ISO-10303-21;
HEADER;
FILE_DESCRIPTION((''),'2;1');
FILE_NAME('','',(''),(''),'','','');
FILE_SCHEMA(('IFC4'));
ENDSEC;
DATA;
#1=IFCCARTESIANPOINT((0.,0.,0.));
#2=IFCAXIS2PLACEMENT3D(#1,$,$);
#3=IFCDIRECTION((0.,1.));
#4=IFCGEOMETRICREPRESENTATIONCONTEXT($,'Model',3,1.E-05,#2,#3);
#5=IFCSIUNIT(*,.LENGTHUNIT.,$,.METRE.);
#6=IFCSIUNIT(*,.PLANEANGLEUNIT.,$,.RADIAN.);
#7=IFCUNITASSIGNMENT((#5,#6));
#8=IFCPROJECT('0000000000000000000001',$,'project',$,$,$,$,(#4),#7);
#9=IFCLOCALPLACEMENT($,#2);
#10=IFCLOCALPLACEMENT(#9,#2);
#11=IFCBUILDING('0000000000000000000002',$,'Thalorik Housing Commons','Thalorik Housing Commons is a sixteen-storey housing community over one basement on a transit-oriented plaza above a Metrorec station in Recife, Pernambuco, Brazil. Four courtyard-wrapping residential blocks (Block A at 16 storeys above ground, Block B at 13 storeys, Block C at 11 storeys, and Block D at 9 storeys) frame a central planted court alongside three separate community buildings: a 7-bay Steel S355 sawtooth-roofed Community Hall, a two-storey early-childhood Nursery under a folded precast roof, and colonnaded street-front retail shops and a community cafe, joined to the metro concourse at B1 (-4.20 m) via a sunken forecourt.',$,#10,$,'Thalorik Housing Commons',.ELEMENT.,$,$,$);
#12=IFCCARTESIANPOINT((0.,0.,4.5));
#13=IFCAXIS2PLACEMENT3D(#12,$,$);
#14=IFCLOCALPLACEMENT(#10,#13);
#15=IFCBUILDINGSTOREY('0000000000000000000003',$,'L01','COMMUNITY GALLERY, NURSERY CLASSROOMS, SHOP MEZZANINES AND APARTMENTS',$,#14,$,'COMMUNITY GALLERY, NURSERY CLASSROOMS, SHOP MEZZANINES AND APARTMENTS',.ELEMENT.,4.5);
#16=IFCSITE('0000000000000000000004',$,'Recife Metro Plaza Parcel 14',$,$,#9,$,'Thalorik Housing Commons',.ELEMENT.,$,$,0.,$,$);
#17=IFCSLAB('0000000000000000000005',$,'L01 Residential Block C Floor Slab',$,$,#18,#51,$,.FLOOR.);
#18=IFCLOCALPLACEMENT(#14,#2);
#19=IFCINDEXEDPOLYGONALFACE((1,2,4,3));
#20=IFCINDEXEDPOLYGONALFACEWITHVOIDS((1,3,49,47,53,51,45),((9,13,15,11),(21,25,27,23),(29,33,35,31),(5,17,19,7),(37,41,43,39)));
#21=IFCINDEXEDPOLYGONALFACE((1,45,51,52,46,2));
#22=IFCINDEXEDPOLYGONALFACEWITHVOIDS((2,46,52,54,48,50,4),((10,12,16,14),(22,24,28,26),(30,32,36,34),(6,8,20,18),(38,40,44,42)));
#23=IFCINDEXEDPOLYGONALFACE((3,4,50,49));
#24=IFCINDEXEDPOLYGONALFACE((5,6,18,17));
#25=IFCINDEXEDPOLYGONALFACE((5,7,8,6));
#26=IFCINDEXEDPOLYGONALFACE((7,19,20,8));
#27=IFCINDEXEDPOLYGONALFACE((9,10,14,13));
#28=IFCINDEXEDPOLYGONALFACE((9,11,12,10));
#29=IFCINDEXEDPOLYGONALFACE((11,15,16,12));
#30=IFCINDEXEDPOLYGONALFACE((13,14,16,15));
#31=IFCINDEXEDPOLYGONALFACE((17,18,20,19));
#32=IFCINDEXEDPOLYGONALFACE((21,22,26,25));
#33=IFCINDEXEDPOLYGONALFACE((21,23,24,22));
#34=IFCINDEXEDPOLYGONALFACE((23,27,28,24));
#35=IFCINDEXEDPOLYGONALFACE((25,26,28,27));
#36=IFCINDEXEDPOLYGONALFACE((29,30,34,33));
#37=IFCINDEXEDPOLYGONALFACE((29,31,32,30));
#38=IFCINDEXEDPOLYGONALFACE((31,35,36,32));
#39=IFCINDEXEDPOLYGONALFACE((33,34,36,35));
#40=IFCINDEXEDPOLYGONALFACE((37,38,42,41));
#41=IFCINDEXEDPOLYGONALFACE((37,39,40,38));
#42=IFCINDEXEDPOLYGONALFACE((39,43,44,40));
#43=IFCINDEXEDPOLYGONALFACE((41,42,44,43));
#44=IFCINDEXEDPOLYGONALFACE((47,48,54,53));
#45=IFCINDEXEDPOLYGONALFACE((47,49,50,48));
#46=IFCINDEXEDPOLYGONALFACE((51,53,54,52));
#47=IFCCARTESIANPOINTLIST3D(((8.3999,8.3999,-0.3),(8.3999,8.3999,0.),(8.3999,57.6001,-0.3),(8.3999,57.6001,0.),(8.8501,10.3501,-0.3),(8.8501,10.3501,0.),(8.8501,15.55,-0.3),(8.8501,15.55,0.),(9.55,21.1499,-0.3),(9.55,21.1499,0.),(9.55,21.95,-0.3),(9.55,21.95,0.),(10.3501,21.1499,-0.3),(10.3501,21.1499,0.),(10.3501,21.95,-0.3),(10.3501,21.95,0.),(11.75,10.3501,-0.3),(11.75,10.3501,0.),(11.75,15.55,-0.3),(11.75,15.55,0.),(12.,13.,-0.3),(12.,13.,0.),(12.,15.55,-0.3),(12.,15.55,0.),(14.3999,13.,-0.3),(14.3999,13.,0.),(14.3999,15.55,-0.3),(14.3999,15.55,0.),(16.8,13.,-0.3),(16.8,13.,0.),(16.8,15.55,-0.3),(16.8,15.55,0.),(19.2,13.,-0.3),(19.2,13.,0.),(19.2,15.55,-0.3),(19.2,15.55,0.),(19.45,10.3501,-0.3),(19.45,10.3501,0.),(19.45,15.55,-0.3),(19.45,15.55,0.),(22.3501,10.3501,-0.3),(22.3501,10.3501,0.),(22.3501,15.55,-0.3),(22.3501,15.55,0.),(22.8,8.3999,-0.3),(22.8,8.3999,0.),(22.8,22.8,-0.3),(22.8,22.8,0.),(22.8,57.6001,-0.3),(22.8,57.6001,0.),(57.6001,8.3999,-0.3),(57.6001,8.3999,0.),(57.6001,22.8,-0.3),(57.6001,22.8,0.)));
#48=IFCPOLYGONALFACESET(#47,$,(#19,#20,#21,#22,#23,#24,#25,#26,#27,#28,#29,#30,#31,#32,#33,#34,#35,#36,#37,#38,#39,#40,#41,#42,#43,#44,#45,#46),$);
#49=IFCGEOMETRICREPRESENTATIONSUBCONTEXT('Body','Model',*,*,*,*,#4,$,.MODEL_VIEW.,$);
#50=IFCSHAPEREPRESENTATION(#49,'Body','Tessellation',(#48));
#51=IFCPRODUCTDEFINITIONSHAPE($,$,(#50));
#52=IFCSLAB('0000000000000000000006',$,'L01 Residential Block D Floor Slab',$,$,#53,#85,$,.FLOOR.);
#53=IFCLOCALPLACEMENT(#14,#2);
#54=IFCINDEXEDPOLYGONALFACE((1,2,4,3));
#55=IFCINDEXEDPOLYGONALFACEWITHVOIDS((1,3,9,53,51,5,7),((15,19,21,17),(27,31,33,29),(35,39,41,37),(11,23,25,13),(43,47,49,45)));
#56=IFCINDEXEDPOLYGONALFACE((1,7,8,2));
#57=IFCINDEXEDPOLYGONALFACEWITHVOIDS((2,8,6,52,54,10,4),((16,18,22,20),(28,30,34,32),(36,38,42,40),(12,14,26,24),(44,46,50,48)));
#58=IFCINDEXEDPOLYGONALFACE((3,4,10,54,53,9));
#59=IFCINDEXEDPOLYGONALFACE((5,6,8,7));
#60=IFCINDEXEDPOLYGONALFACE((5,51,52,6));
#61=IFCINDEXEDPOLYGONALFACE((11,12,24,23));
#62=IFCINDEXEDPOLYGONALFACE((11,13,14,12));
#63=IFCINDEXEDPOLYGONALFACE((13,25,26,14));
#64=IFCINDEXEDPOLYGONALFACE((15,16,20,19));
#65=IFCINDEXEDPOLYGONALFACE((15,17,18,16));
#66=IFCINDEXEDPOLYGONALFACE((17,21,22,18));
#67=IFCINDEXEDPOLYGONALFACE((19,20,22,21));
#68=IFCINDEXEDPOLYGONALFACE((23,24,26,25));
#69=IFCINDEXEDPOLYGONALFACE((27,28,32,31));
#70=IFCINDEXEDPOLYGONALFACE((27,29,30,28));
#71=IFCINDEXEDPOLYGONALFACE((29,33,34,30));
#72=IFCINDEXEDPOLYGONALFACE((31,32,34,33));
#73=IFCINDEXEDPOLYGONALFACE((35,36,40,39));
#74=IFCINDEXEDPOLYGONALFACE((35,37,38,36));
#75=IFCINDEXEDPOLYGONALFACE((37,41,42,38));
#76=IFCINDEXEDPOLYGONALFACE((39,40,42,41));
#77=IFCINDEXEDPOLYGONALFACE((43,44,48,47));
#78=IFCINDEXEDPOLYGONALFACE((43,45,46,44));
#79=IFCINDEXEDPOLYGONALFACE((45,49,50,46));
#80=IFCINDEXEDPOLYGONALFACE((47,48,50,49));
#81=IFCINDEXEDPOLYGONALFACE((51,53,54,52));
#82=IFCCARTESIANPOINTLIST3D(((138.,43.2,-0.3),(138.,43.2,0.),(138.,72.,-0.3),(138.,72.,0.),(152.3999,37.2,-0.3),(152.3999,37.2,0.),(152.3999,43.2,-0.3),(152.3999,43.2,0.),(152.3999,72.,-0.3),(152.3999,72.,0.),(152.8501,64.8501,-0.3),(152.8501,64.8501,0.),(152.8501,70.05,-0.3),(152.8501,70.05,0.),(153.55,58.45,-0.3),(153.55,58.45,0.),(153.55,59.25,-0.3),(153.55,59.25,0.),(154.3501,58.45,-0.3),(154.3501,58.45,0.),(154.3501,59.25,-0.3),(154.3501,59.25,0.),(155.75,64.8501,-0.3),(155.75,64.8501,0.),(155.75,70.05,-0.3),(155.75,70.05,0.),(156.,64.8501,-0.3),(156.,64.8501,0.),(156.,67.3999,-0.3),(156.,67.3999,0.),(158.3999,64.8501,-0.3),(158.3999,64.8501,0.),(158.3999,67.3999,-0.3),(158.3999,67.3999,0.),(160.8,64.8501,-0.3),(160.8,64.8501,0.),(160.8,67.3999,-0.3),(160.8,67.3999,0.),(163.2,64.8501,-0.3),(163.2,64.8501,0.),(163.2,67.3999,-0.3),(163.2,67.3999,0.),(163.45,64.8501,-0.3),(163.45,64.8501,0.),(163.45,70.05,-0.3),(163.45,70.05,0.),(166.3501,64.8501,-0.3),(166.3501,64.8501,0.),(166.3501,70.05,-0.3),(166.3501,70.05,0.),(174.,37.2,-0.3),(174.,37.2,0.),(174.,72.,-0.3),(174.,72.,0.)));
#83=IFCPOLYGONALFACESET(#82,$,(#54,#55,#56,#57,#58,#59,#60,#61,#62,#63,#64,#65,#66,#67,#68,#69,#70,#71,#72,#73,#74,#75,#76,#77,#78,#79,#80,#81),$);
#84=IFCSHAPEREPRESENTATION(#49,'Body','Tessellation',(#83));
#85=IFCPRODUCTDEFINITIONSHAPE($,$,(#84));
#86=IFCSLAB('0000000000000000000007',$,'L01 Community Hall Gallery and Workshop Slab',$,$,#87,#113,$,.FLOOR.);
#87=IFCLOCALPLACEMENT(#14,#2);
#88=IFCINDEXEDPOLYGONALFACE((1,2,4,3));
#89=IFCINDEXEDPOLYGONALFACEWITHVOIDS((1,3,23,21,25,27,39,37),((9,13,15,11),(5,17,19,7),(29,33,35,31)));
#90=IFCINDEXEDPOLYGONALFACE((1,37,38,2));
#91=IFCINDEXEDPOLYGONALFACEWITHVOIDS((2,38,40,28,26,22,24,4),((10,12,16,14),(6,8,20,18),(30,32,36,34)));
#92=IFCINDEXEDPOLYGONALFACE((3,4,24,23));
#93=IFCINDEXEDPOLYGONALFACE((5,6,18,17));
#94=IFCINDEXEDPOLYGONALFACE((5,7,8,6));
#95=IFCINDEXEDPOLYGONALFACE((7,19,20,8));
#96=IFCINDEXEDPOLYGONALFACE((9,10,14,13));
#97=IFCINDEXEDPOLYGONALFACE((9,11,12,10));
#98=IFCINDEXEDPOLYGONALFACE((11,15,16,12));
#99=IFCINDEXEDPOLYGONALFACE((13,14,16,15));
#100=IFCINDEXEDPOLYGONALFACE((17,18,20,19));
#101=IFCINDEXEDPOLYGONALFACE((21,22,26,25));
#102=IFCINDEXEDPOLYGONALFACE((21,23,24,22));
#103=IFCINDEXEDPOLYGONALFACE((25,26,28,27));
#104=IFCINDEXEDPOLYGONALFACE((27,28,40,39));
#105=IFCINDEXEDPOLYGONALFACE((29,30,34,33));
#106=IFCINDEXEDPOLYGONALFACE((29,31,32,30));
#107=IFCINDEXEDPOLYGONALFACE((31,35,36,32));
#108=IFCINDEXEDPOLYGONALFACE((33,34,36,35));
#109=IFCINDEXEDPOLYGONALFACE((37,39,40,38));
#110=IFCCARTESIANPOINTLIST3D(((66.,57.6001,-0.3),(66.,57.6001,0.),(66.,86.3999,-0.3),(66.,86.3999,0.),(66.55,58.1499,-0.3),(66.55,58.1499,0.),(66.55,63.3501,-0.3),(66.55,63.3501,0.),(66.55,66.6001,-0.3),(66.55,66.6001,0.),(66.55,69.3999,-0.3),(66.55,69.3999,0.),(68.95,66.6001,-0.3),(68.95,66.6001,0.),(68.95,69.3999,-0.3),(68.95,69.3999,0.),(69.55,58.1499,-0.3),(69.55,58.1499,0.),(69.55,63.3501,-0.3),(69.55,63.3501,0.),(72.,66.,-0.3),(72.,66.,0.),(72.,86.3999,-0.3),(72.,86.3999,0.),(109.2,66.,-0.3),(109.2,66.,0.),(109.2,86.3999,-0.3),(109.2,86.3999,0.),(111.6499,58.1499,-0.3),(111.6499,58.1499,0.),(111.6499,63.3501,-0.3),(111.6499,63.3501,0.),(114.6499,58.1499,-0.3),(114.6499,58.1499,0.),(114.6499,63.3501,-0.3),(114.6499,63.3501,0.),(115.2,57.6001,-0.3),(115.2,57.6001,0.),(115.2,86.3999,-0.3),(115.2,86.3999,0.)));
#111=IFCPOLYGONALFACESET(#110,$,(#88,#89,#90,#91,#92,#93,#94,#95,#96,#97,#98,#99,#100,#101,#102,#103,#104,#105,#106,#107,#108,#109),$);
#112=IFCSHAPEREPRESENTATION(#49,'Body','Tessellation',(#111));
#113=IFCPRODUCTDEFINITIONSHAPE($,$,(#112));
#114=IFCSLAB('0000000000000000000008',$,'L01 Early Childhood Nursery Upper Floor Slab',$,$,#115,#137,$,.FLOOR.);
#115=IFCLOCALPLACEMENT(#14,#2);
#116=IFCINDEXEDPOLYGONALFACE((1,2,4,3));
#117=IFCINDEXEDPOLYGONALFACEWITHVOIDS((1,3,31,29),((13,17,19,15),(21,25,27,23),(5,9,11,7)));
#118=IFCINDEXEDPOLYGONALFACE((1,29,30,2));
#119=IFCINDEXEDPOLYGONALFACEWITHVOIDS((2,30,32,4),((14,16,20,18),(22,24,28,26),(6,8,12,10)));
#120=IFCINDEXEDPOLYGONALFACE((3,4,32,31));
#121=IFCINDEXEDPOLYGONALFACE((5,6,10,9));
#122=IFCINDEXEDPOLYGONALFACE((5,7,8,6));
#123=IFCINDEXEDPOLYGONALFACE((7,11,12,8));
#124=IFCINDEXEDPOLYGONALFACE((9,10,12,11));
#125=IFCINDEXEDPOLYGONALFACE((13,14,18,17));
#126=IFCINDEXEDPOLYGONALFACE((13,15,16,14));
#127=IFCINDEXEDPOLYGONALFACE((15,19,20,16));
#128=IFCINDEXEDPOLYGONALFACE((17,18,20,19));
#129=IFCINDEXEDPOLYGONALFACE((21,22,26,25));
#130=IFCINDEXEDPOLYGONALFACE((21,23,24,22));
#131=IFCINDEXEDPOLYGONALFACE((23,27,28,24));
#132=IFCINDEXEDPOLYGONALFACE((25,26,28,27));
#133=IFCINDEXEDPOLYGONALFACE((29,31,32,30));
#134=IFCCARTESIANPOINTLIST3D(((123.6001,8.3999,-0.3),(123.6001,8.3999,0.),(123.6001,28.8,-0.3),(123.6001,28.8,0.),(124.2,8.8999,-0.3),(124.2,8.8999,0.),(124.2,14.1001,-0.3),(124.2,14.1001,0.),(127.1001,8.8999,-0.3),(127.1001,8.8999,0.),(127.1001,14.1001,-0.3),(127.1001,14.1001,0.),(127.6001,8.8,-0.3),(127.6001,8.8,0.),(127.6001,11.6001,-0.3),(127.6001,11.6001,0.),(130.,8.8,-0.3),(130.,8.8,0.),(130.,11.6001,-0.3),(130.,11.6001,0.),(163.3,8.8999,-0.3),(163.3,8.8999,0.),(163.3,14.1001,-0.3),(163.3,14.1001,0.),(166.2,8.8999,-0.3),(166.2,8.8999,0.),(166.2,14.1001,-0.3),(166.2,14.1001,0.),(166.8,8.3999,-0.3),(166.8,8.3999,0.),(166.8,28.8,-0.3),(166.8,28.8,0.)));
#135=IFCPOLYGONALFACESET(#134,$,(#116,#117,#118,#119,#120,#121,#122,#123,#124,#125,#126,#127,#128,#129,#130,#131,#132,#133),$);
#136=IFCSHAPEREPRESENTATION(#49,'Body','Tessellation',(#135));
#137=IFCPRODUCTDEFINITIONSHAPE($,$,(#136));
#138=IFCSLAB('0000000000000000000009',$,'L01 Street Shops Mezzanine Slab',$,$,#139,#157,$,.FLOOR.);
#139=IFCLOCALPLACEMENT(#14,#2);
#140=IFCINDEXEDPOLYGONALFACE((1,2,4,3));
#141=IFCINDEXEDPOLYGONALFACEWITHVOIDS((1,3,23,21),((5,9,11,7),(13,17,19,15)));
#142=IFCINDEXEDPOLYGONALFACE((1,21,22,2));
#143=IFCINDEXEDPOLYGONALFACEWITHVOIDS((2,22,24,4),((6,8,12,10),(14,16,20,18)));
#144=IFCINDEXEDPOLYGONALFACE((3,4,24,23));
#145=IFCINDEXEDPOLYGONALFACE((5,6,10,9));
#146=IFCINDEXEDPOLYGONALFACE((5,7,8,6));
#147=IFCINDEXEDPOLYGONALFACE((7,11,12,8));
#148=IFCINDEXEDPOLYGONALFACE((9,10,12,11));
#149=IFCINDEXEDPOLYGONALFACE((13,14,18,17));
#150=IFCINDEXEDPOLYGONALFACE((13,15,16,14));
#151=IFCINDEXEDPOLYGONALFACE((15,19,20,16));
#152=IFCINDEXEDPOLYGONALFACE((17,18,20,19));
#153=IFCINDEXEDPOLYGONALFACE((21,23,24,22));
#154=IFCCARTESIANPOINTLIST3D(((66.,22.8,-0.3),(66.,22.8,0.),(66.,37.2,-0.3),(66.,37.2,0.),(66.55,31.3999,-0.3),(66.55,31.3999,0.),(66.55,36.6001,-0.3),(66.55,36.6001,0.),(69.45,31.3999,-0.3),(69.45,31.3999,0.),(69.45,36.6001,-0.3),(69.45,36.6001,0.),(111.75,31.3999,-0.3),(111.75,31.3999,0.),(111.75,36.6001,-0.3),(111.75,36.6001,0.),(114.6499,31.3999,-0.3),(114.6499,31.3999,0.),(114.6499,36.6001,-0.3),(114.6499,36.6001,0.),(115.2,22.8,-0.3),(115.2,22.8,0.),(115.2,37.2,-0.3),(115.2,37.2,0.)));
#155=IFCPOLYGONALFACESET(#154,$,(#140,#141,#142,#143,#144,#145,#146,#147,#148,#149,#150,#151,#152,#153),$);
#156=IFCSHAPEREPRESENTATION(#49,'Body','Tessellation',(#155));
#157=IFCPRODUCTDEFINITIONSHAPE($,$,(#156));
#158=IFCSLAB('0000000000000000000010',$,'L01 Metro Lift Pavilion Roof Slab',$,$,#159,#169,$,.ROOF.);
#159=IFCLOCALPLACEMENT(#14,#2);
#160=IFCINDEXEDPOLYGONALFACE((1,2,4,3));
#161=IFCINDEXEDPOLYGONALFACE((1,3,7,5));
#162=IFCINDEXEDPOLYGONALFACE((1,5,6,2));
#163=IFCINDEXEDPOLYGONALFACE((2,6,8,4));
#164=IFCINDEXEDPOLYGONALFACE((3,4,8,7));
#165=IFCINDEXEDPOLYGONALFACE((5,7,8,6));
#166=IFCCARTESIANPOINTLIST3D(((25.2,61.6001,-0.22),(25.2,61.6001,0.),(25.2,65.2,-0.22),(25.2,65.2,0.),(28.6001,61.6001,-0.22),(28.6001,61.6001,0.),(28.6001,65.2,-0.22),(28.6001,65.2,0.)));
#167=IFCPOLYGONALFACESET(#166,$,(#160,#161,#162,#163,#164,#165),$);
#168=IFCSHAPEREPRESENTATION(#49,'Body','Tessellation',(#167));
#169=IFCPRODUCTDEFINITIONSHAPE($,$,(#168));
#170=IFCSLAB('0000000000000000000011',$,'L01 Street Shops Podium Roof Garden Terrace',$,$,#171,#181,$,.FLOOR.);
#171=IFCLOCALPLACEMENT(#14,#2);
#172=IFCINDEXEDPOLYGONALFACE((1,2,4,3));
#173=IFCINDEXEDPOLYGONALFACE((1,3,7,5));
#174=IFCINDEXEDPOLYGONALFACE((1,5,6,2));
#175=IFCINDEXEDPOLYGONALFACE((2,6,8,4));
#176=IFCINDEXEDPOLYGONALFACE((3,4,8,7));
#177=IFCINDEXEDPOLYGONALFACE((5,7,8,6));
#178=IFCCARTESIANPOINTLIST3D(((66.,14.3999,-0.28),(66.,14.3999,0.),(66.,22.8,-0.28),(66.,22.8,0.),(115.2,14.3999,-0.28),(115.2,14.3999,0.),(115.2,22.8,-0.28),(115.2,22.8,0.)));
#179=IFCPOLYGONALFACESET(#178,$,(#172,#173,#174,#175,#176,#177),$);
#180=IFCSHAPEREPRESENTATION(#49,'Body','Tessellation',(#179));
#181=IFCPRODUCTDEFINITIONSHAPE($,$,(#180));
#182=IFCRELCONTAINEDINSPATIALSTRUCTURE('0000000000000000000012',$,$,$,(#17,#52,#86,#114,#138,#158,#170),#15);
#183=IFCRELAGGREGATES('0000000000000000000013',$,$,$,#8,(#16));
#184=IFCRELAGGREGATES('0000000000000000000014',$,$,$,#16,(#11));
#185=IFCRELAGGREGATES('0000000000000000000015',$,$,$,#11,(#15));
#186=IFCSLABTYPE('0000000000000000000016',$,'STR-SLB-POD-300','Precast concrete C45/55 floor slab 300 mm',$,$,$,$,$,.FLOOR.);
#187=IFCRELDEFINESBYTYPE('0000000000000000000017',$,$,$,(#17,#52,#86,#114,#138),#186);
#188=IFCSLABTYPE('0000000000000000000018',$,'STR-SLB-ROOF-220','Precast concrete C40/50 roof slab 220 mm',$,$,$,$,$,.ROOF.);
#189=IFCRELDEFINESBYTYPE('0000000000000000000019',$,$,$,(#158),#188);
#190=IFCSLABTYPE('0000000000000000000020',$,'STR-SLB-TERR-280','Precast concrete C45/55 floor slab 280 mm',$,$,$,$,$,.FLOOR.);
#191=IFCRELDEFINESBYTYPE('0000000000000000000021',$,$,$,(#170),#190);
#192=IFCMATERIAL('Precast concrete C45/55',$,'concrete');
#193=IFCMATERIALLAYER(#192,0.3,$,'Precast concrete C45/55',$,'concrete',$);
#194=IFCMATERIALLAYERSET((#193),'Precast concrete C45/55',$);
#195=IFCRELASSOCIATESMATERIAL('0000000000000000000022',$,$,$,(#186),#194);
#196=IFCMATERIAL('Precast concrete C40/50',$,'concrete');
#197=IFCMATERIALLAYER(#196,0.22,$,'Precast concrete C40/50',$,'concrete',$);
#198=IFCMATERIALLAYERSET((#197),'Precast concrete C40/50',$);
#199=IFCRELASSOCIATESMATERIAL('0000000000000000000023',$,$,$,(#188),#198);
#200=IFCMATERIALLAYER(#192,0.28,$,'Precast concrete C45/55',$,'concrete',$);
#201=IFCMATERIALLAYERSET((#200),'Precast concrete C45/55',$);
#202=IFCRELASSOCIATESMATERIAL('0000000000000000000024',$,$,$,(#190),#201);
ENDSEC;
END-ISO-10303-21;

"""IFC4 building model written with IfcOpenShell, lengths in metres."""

from ifc_helpers import new_model, si_unit, direction, frame, origin, place, context, subcontext, project, spatial, polyline, outline, extrude, material, layer, layer_set, type_object, element, save


model = new_model("IFC4")

# Units and contexts
model_context = context("Model", 3, precision=1e-05, world=origin(), true_north=direction((0.0, 1.0)))
body_context = subcontext(model_context, "Body", "Model", "MODEL_VIEW")
ifc_project = project(units=[si_unit("LENGTHUNIT", "METRE"), si_unit("PLANEANGLEUNIT", "RADIAN")], contexts=[model_context])

# Site, building, storey
site_placement = place(None, origin())
site = spatial("IfcSite", under=ifc_project, at=site_placement, Name="Recife Metro Plaza Parcel 14", LongName="Thalorik Housing Commons", CompositionType="ELEMENT", RefElevation=0.0)
building_placement = place(site_placement, origin())
building = spatial("IfcBuilding", under=site, at=building_placement, Name="Thalorik Housing Commons", Description="Thalorik Housing Commons is a sixteen-storey housing community over one basement on a transit-oriented plaza above a Metrorec station in Recife, Pernambuco, Brazil. Four courtyard-wrapping residential blocks (Block A at 16 storeys above ground, Block B at 13 storeys, Block C at 11 storeys, and Block D at 9 storeys) frame a central planted court alongside three separate community buildings: a 7-bay Steel S355 sawtooth-roofed Community Hall, a two-storey early-childhood Nursery under a folded precast roof, and colonnaded street-front retail shops and a community cafe, joined to the metro concourse at B1 (-4.20 m) via a sunken forecourt.", LongName="Thalorik Housing Commons", CompositionType="ELEMENT")
storey_placement = place(building_placement, frame((0.0, 0.0, 4.5)))
storey = spatial("IfcBuildingStorey", under=building, at=storey_placement, Name="L01", Description="COMMUNITY GALLERY, NURSERY CLASSROOMS, SHOP MEZZANINES AND APARTMENTS", LongName="COMMUNITY GALLERY, NURSERY CLASSROOMS, SHOP MEZZANINES AND APARTMENTS", CompositionType="ELEMENT", Elevation=4.5)

# Shared definitions
ifc_material_1 = material(Name="Precast concrete C40/50", Category="concrete")

# Slabs
ifc_material_2 = material(Name="Precast concrete C45/55", Category="concrete")
ifc_layer_1 = layer(ifc_material_2, 0.3, Name="Precast concrete C45/55", Category="concrete")
ifc_layer_set_1 = layer_set([ifc_layer_1], Name="Precast concrete C45/55")
slab_type_1 = type_object("IfcSlabType", Name="STR-SLB-POD-300", Description="Precast concrete C45/55 floor slab 300 mm", PredefinedType="FLOOR", material=ifc_layer_set_1)
slab_1_placement = place(storey_placement, frame((0.0, 0.0, -0.3)))
element("IfcSlab", 1, at=slab_1_placement, inside=storey, type_object=slab_type_1, Name="L01 Residential Block C Floor Slab", PredefinedType="FLOOR", context=body_context, shape_type="SweptSolid", body=[
    extrude(outline(polyline([(8.3999, 8.3999), (22.8, 8.3999), (57.6001, 8.3999), (57.6001, 22.8), (22.8, 22.8), (22.8, 57.6001), (8.3999, 57.6001), (8.3999, 8.3999)]), holes=[polyline([(11.75, 10.3501), (8.8501, 10.3501), (8.8501, 15.55), (11.75, 15.55), (11.75, 10.3501)]), polyline([(19.45, 10.3501), (19.45, 15.55), (22.3501, 15.55), (22.3501, 10.3501), (19.45, 10.3501)]), polyline([(14.3999, 15.55), (14.3999, 13.0), (12.0, 13.0), (12.0, 15.55), (14.3999, 15.55)]), polyline([(19.2, 13.0), (16.8, 13.0), (16.8, 15.55), (19.2, 15.55), (19.2, 13.0)]), polyline([(9.55, 21.1499), (9.55, 21.95), (10.3501, 21.95), (10.3501, 21.1499), (9.55, 21.1499)])]), origin(), (0.0, 0.0, 1.0), 0.3),
])
slab_2_placement = place(storey_placement, frame((0.0, 0.0, -0.3)))
element("IfcSlab", 2, at=slab_2_placement, inside=storey, type_object=slab_type_1, Name="L01 Residential Block D Floor Slab", PredefinedType="FLOOR", context=body_context, shape_type="SweptSolid", body=[
    extrude(outline(polyline([(152.3999, 43.2), (152.3999, 37.2), (174.0, 37.2), (174.0, 72.0), (152.3999, 72.0), (138.0, 72.0), (138.0, 43.2), (152.3999, 43.2)]), holes=[polyline([(152.8501, 70.05), (155.75, 70.05), (155.75, 64.8501), (152.8501, 64.8501), (152.8501, 70.05)]), polyline([(166.3501, 70.05), (166.3501, 64.8501), (163.45, 64.8501), (163.45, 70.05), (166.3501, 70.05)]), polyline([(158.3999, 67.3999), (158.3999, 64.8501), (156.0, 64.8501), (156.0, 67.3999), (158.3999, 67.3999)]), polyline([(163.2, 64.8501), (160.8, 64.8501), (160.8, 67.3999), (163.2, 67.3999), (163.2, 64.8501)]), polyline([(153.55, 58.45), (153.55, 59.25), (154.3501, 59.25), (154.3501, 58.45), (153.55, 58.45)])]), origin(), (0.0, 0.0, 1.0), 0.3),
])
slab_3_placement = place(storey_placement, frame((0.0, 0.0, -0.3)))
element("IfcSlab", 3, at=slab_3_placement, inside=storey, type_object=slab_type_1, Name="L01 Community Hall Gallery and Workshop Slab", PredefinedType="FLOOR", context=body_context, shape_type="SweptSolid", body=[
    extrude(outline(polyline([(66.0, 57.6001), (115.2, 57.6001), (115.2, 86.3999), (109.2, 86.3999), (109.2, 66.0), (72.0, 66.0), (72.0, 86.3999), (66.0, 86.3999), (66.0, 57.6001)]), holes=[polyline([(69.55, 58.1499), (66.55, 58.1499), (66.55, 63.3501), (69.55, 63.3501), (69.55, 58.1499)]), polyline([(111.6499, 58.1499), (111.6499, 63.3501), (114.6499, 63.3501), (114.6499, 58.1499), (111.6499, 58.1499)]), polyline([(66.55, 66.6001), (66.55, 69.3999), (68.95, 69.3999), (68.95, 66.6001), (66.55, 66.6001)])]), origin(), (0.0, 0.0, 1.0), 0.3),
])
slab_4_placement = place(storey_placement, frame((0.0, 0.0, -0.3)))
element("IfcSlab", 4, at=slab_4_placement, inside=storey, type_object=slab_type_1, Name="L01 Early Childhood Nursery Upper Floor Slab", PredefinedType="FLOOR", context=body_context, shape_type="SweptSolid", body=[
    extrude(outline(polyline([(123.6001, 28.8), (123.6001, 8.3999), (166.8, 8.3999), (166.8, 28.8), (123.6001, 28.8)]), holes=[polyline([(127.1001, 8.8999), (124.2, 8.8999), (124.2, 14.1001), (127.1001, 14.1001), (127.1001, 8.8999)]), polyline([(163.3, 8.8999), (163.3, 14.1001), (166.2, 14.1001), (166.2, 8.8999), (163.3, 8.8999)]), polyline([(127.6001, 8.8), (127.6001, 11.6001), (130.0, 11.6001), (130.0, 8.8), (127.6001, 8.8)])]), origin(), (0.0, 0.0, 1.0), 0.3),
])
slab_5_placement = place(storey_placement, frame((0.0, 0.0, -0.3)))
element("IfcSlab", 5, at=slab_5_placement, inside=storey, type_object=slab_type_1, Name="L01 Street Shops Mezzanine Slab", PredefinedType="FLOOR", context=body_context, shape_type="SweptSolid", body=[
    extrude(outline(polyline([(66.0, 22.8), (115.2, 22.8), (115.2, 37.2), (66.0, 37.2), (66.0, 22.8)]), holes=[polyline([(69.45, 36.6001), (69.45, 31.3999), (66.55, 31.3999), (66.55, 36.6001), (69.45, 36.6001)]), polyline([(114.6499, 31.3999), (111.75, 31.3999), (111.75, 36.6001), (114.6499, 36.6001), (114.6499, 31.3999)])]), origin(), (0.0, 0.0, 1.0), 0.3),
])
ifc_layer_2 = layer(ifc_material_1, 0.22, Name="Precast concrete C40/50", Category="concrete")
ifc_layer_set_2 = layer_set([ifc_layer_2], Name="Precast concrete C40/50")
slab_type_2 = type_object("IfcSlabType", Name="STR-SLB-ROOF-220", Description="Precast concrete C40/50 roof slab 220 mm", PredefinedType="ROOF", material=ifc_layer_set_2)
slab_6_placement = place(storey_placement, frame((0.0, 0.0, -0.22)))
element("IfcSlab", 6, at=slab_6_placement, inside=storey, type_object=slab_type_2, Name="L01 Metro Lift Pavilion Roof Slab", PredefinedType="ROOF", context=body_context, shape_type="SweptSolid", body=[
    extrude(outline(polyline([(25.2, 61.6001), (28.6001, 61.6001), (28.6001, 65.2), (25.2, 65.2), (25.2, 61.6001)])), origin(), (0.0, 0.0, 1.0), 0.22),
])
ifc_layer_3 = layer(ifc_material_2, 0.28, Name="Precast concrete C45/55", Category="concrete")
ifc_layer_set_3 = layer_set([ifc_layer_3], Name="Precast concrete C45/55")
slab_type_3 = type_object("IfcSlabType", Name="STR-SLB-TERR-280", Description="Precast concrete C45/55 floor slab 280 mm", PredefinedType="FLOOR", material=ifc_layer_set_3)
slab_7_placement = place(storey_placement, frame((0.0, 0.0, -0.28)))
element("IfcSlab", 7, at=slab_7_placement, inside=storey, type_object=slab_type_3, Name="L01 Street Shops Podium Roof Garden Terrace", PredefinedType="FLOOR", context=body_context, shape_type="SweptSolid", body=[
    extrude(outline(polyline([(66.0, 14.3999), (115.2, 14.3999), (115.2, 22.8), (66.0, 22.8), (66.0, 14.3999)])), origin(), (0.0, 0.0, 1.0), 0.28),
])

save(model, "model.ifc")
